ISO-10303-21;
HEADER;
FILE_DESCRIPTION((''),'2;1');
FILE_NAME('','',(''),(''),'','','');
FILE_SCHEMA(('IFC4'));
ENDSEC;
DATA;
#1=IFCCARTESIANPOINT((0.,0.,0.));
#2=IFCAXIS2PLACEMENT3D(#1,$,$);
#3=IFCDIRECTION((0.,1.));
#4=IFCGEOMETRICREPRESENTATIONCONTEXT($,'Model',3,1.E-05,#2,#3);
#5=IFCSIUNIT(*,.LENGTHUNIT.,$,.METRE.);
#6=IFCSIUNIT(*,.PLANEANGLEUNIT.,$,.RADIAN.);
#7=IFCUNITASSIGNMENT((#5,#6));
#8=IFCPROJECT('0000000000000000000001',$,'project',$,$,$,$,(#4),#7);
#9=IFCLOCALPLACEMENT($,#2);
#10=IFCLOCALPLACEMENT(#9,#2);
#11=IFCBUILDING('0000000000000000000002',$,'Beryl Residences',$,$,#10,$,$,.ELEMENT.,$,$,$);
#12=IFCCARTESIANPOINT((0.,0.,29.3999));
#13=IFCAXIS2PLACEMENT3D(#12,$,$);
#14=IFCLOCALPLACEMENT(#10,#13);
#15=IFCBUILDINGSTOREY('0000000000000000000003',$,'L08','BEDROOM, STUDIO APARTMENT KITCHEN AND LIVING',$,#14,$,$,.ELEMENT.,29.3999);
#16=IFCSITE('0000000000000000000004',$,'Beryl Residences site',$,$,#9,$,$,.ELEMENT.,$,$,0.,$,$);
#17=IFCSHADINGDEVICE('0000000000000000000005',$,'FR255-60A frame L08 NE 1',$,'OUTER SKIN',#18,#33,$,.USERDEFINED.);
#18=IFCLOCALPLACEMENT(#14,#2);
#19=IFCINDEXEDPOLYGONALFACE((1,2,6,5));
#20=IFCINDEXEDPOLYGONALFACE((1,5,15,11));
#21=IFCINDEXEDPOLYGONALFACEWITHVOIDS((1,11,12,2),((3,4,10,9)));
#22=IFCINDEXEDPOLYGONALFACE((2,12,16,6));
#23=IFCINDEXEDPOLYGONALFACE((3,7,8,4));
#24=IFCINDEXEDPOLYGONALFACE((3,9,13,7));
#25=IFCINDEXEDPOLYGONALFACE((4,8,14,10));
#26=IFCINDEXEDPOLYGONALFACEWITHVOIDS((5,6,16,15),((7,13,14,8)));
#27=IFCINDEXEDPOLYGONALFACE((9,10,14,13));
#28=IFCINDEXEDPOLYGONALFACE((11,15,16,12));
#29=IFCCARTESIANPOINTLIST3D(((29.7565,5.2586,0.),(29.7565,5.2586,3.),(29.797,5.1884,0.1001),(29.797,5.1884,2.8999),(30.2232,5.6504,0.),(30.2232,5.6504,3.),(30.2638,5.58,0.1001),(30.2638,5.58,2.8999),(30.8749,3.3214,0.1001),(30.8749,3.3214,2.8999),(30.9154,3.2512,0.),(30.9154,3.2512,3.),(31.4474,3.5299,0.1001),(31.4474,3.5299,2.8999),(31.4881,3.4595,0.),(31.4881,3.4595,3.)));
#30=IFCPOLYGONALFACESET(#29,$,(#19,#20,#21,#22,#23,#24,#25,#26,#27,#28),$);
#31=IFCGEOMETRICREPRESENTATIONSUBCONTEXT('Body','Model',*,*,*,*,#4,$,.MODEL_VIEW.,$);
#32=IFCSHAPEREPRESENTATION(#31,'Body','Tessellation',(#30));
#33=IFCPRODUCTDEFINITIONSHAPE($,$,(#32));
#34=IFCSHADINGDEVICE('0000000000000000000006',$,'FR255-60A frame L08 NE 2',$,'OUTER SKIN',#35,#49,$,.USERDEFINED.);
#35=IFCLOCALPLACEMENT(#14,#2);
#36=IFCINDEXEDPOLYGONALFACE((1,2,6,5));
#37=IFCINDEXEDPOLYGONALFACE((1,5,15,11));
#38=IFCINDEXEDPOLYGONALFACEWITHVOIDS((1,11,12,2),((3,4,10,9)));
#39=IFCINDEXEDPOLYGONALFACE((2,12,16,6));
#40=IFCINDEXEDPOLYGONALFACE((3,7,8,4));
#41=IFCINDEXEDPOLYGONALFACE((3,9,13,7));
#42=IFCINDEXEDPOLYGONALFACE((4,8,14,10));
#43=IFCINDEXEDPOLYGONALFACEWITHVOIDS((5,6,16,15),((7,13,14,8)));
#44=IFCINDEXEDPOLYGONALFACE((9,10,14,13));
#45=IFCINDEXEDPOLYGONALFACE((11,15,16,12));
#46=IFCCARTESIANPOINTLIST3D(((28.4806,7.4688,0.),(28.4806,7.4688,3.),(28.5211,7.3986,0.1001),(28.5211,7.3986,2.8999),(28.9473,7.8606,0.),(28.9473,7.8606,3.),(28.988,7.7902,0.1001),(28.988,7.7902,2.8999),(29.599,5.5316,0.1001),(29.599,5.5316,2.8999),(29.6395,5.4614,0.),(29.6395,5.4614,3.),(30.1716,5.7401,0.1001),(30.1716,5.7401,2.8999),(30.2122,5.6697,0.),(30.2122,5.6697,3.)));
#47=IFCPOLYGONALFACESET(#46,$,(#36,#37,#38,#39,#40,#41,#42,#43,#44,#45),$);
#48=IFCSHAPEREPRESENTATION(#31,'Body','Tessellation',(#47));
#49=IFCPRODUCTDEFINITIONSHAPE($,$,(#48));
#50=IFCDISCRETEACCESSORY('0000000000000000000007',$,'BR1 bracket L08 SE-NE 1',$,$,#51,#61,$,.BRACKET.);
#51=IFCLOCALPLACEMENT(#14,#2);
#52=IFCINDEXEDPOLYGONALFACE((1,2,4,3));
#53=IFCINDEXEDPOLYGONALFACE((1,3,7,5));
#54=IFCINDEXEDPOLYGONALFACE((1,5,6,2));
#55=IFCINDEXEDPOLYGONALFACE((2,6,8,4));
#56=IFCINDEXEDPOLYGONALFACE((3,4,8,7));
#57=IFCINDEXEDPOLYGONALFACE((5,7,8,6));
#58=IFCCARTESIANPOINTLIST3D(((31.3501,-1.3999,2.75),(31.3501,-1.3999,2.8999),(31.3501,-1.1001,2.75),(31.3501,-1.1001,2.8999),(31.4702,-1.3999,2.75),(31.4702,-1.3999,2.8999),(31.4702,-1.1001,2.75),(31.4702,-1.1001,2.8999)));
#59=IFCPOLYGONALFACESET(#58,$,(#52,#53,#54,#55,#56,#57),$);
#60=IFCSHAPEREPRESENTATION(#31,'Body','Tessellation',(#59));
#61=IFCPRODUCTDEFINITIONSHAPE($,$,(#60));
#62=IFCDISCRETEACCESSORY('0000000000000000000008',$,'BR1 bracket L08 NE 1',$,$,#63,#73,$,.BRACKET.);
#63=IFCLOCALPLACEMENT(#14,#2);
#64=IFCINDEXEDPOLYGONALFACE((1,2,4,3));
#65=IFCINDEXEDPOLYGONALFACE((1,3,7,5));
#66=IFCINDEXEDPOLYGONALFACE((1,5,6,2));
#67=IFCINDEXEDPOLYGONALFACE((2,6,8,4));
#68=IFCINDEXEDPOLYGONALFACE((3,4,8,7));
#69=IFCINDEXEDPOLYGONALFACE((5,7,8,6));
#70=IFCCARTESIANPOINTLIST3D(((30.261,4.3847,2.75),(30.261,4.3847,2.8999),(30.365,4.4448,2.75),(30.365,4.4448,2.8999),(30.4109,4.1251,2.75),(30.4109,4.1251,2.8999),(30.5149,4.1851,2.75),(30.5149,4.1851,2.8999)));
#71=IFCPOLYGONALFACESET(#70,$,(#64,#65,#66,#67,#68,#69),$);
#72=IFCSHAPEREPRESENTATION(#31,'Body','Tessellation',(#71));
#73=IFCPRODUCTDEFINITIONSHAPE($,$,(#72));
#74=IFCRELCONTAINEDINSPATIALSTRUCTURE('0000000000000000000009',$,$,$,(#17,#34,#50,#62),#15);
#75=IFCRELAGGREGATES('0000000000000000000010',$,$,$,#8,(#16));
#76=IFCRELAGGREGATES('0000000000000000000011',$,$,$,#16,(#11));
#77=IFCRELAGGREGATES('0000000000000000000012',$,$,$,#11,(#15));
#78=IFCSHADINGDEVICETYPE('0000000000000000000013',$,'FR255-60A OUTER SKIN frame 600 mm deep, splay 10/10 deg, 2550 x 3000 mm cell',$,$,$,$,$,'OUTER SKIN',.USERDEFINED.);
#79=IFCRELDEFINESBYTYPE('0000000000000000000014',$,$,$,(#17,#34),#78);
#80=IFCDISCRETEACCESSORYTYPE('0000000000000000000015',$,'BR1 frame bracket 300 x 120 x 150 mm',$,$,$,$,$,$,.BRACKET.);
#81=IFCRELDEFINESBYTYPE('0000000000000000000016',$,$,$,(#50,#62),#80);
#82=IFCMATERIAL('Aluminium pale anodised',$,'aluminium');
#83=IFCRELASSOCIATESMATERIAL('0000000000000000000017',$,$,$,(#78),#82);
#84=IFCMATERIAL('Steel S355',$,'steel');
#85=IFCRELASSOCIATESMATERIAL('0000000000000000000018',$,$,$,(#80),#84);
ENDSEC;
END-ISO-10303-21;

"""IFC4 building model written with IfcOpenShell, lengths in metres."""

from ifc_helpers import new_model, entity, si_unit, direction, frame, origin, place, context, subcontext, project, spatial, polyline, outline, extrude, source, transform, mapped, material, type_object, type_shapes, element, save


model = new_model("IFC4")

# Units and contexts
model_context = context("Model", 3, precision=1e-05, world=origin(), true_north=direction((0.0, 1.0)))
body_context = subcontext(model_context, "Body", "Model", "MODEL_VIEW")
ifc_project = project(units=[si_unit("LENGTHUNIT", "METRE"), si_unit("PLANEANGLEUNIT", "RADIAN")], contexts=[model_context])

# Site, building, storey
site_placement = place(None, origin())
site = spatial("IfcSite", under=ifc_project, at=site_placement, Name="Beryl Residences site", CompositionType="ELEMENT", RefElevation=0.0)
building_placement = place(site_placement, origin())
building = spatial("IfcBuilding", under=site, at=building_placement, Name="Beryl Residences", CompositionType="ELEMENT")
storey_placement = place(building_placement, frame((0.0, 0.0, 29.3999)))
storey = spatial("IfcBuildingStorey", under=building, at=storey_placement, Name="L08", Description="BEDROOM, STUDIO APARTMENT KITCHEN AND LIVING", CompositionType="ELEMENT", Elevation=29.3999)

# Shading devices
ifc_material_1 = material(Name="Aluminium pale anodised", Category="aluminium")
shading_device_type_1 = type_object("IfcShadingDeviceType", Name="FR255-60A OUTER SKIN frame 600 mm deep, splay 10/10 deg, 2550 x 3000 mm cell", ElementType="OUTER SKIN", PredefinedType="USERDEFINED", material=ifc_material_1)
cartesian_point_1 = entity("IfcCartesianPoint", [-1.1589, 0.0])
cartesian_point_2 = entity("IfcCartesianPoint", [-1.0779, 0.1001])
cartesian_point_3 = entity("IfcCartesianPoint", [-1.2649, 0.0])
cartesian_point_4 = entity("IfcCartesianPoint", [-1.1836, 0.1001])
shared_shape_1 = source(origin(), body_context, "Body", "SweptSolid", [
    entity("IfcExtrudedAreaSolidTapered", entity("IfcArbitraryProfileDefWithVoids", "AREA", None, entity("IfcPolyline", [cartesian_point_1, entity("IfcCartesianPoint", [1.1589, 0.0]), entity("IfcCartesianPoint", [1.1589, 3.0]), entity("IfcCartesianPoint", [-1.1589, 3.0]), cartesian_point_1]), [entity("IfcPolyline", [cartesian_point_2, entity("IfcCartesianPoint", [1.0779, 0.1001]), entity("IfcCartesianPoint", [1.0779, 2.8999]), entity("IfcCartesianPoint", [-1.0779, 2.8999]), cartesian_point_2])]), entity("IfcAxis2Placement3D", entity("IfcCartesianPoint", [0.0, 0.0, 0.0]), entity("IfcDirection", [0.0, 1.0, 0.0]), entity("IfcDirection", [-1.0, 0.0, 0.0])), entity("IfcDirection", [0.0, 0.0, 1.0]), 0.6001, entity("IfcArbitraryProfileDefWithVoids", "AREA", None, entity("IfcPolyline", [cartesian_point_3, entity("IfcCartesianPoint", [1.2649, 0.0]), entity("IfcCartesianPoint", [1.2649, 3.0]), entity("IfcCartesianPoint", [-1.2649, 3.0]), cartesian_point_3]), [entity("IfcPolyline", [cartesian_point_4, entity("IfcCartesianPoint", [1.1836, 0.1001]), entity("IfcCartesianPoint", [1.1836, 2.8999]), entity("IfcCartesianPoint", [-1.1836, 2.8999]), cartesian_point_4])])),
])
type_shapes(shading_device_type_1, [shared_shape_1])
for number, where, z_axis, x_axis, name in (
    (1, (30.3359, 4.2549, 0.0), (0.0, 0.0, 1.0), (0.5, -0.866025, 0.0), "FR255-60A frame L08 NE 1"),
    (2, (29.0601, 6.4651, 0.0), (0.0, 0.0, 1.0), (0.5, -0.866025, 0.0), "FR255-60A frame L08 NE 2"),
):
    element("IfcShadingDevice", number, at=place(storey_placement, frame(where, z_axis=z_axis, x_axis=x_axis)), inside=storey, type_object=shading_device_type_1, Name=name, ObjectType="OUTER SKIN", PredefinedType="USERDEFINED", context=body_context, shape_type="MappedRepresentation", body=[
        mapped(shared_shape_1, transform((0.0, 0.0, 0.0))),
    ])

# Discrete accessories
ifc_material_2 = material(Name="Steel S355", Category="steel")
discrete_accessory_type = type_object("IfcDiscreteAccessoryType", Name="BR1 frame bracket 300 x 120 x 150 mm", PredefinedType="BRACKET", material=ifc_material_2)
shared_shape_2 = source(origin(), body_context, "Body", "SweptSolid", [
    extrude(outline(polyline([(-0.1499, 0.0), (0.1499, 0.0), (0.1499, 0.1201), (-0.1499, 0.1201), (-0.1499, 0.0)])), origin(), (0.0, 0.0, 1.0), 0.1499),
])
type_shapes(discrete_accessory_type, [shared_shape_2])
for number, where, z_axis, x_axis, name in (
    (3, (31.3501, -1.25, 2.75), (0.0, 0.0, 1.0), (0.0, -1.0, 0.0), "BR1 bracket L08 SE-NE 1"),
    (4, (30.3359, 4.2549, 2.75), (0.0, 0.0, 1.0), (0.5, -0.866025, 0.0), "BR1 bracket L08 NE 1"),
):
    element("IfcDiscreteAccessory", number, at=place(storey_placement, frame(where, z_axis=z_axis, x_axis=x_axis)), inside=storey, type_object=discrete_accessory_type, Name=name, PredefinedType="BRACKET", context=body_context, shape_type="MappedRepresentation", body=[
        mapped(shared_shape_2, transform((0.0, 0.0, 0.0))),
    ])

save(model, "model.ifc")
